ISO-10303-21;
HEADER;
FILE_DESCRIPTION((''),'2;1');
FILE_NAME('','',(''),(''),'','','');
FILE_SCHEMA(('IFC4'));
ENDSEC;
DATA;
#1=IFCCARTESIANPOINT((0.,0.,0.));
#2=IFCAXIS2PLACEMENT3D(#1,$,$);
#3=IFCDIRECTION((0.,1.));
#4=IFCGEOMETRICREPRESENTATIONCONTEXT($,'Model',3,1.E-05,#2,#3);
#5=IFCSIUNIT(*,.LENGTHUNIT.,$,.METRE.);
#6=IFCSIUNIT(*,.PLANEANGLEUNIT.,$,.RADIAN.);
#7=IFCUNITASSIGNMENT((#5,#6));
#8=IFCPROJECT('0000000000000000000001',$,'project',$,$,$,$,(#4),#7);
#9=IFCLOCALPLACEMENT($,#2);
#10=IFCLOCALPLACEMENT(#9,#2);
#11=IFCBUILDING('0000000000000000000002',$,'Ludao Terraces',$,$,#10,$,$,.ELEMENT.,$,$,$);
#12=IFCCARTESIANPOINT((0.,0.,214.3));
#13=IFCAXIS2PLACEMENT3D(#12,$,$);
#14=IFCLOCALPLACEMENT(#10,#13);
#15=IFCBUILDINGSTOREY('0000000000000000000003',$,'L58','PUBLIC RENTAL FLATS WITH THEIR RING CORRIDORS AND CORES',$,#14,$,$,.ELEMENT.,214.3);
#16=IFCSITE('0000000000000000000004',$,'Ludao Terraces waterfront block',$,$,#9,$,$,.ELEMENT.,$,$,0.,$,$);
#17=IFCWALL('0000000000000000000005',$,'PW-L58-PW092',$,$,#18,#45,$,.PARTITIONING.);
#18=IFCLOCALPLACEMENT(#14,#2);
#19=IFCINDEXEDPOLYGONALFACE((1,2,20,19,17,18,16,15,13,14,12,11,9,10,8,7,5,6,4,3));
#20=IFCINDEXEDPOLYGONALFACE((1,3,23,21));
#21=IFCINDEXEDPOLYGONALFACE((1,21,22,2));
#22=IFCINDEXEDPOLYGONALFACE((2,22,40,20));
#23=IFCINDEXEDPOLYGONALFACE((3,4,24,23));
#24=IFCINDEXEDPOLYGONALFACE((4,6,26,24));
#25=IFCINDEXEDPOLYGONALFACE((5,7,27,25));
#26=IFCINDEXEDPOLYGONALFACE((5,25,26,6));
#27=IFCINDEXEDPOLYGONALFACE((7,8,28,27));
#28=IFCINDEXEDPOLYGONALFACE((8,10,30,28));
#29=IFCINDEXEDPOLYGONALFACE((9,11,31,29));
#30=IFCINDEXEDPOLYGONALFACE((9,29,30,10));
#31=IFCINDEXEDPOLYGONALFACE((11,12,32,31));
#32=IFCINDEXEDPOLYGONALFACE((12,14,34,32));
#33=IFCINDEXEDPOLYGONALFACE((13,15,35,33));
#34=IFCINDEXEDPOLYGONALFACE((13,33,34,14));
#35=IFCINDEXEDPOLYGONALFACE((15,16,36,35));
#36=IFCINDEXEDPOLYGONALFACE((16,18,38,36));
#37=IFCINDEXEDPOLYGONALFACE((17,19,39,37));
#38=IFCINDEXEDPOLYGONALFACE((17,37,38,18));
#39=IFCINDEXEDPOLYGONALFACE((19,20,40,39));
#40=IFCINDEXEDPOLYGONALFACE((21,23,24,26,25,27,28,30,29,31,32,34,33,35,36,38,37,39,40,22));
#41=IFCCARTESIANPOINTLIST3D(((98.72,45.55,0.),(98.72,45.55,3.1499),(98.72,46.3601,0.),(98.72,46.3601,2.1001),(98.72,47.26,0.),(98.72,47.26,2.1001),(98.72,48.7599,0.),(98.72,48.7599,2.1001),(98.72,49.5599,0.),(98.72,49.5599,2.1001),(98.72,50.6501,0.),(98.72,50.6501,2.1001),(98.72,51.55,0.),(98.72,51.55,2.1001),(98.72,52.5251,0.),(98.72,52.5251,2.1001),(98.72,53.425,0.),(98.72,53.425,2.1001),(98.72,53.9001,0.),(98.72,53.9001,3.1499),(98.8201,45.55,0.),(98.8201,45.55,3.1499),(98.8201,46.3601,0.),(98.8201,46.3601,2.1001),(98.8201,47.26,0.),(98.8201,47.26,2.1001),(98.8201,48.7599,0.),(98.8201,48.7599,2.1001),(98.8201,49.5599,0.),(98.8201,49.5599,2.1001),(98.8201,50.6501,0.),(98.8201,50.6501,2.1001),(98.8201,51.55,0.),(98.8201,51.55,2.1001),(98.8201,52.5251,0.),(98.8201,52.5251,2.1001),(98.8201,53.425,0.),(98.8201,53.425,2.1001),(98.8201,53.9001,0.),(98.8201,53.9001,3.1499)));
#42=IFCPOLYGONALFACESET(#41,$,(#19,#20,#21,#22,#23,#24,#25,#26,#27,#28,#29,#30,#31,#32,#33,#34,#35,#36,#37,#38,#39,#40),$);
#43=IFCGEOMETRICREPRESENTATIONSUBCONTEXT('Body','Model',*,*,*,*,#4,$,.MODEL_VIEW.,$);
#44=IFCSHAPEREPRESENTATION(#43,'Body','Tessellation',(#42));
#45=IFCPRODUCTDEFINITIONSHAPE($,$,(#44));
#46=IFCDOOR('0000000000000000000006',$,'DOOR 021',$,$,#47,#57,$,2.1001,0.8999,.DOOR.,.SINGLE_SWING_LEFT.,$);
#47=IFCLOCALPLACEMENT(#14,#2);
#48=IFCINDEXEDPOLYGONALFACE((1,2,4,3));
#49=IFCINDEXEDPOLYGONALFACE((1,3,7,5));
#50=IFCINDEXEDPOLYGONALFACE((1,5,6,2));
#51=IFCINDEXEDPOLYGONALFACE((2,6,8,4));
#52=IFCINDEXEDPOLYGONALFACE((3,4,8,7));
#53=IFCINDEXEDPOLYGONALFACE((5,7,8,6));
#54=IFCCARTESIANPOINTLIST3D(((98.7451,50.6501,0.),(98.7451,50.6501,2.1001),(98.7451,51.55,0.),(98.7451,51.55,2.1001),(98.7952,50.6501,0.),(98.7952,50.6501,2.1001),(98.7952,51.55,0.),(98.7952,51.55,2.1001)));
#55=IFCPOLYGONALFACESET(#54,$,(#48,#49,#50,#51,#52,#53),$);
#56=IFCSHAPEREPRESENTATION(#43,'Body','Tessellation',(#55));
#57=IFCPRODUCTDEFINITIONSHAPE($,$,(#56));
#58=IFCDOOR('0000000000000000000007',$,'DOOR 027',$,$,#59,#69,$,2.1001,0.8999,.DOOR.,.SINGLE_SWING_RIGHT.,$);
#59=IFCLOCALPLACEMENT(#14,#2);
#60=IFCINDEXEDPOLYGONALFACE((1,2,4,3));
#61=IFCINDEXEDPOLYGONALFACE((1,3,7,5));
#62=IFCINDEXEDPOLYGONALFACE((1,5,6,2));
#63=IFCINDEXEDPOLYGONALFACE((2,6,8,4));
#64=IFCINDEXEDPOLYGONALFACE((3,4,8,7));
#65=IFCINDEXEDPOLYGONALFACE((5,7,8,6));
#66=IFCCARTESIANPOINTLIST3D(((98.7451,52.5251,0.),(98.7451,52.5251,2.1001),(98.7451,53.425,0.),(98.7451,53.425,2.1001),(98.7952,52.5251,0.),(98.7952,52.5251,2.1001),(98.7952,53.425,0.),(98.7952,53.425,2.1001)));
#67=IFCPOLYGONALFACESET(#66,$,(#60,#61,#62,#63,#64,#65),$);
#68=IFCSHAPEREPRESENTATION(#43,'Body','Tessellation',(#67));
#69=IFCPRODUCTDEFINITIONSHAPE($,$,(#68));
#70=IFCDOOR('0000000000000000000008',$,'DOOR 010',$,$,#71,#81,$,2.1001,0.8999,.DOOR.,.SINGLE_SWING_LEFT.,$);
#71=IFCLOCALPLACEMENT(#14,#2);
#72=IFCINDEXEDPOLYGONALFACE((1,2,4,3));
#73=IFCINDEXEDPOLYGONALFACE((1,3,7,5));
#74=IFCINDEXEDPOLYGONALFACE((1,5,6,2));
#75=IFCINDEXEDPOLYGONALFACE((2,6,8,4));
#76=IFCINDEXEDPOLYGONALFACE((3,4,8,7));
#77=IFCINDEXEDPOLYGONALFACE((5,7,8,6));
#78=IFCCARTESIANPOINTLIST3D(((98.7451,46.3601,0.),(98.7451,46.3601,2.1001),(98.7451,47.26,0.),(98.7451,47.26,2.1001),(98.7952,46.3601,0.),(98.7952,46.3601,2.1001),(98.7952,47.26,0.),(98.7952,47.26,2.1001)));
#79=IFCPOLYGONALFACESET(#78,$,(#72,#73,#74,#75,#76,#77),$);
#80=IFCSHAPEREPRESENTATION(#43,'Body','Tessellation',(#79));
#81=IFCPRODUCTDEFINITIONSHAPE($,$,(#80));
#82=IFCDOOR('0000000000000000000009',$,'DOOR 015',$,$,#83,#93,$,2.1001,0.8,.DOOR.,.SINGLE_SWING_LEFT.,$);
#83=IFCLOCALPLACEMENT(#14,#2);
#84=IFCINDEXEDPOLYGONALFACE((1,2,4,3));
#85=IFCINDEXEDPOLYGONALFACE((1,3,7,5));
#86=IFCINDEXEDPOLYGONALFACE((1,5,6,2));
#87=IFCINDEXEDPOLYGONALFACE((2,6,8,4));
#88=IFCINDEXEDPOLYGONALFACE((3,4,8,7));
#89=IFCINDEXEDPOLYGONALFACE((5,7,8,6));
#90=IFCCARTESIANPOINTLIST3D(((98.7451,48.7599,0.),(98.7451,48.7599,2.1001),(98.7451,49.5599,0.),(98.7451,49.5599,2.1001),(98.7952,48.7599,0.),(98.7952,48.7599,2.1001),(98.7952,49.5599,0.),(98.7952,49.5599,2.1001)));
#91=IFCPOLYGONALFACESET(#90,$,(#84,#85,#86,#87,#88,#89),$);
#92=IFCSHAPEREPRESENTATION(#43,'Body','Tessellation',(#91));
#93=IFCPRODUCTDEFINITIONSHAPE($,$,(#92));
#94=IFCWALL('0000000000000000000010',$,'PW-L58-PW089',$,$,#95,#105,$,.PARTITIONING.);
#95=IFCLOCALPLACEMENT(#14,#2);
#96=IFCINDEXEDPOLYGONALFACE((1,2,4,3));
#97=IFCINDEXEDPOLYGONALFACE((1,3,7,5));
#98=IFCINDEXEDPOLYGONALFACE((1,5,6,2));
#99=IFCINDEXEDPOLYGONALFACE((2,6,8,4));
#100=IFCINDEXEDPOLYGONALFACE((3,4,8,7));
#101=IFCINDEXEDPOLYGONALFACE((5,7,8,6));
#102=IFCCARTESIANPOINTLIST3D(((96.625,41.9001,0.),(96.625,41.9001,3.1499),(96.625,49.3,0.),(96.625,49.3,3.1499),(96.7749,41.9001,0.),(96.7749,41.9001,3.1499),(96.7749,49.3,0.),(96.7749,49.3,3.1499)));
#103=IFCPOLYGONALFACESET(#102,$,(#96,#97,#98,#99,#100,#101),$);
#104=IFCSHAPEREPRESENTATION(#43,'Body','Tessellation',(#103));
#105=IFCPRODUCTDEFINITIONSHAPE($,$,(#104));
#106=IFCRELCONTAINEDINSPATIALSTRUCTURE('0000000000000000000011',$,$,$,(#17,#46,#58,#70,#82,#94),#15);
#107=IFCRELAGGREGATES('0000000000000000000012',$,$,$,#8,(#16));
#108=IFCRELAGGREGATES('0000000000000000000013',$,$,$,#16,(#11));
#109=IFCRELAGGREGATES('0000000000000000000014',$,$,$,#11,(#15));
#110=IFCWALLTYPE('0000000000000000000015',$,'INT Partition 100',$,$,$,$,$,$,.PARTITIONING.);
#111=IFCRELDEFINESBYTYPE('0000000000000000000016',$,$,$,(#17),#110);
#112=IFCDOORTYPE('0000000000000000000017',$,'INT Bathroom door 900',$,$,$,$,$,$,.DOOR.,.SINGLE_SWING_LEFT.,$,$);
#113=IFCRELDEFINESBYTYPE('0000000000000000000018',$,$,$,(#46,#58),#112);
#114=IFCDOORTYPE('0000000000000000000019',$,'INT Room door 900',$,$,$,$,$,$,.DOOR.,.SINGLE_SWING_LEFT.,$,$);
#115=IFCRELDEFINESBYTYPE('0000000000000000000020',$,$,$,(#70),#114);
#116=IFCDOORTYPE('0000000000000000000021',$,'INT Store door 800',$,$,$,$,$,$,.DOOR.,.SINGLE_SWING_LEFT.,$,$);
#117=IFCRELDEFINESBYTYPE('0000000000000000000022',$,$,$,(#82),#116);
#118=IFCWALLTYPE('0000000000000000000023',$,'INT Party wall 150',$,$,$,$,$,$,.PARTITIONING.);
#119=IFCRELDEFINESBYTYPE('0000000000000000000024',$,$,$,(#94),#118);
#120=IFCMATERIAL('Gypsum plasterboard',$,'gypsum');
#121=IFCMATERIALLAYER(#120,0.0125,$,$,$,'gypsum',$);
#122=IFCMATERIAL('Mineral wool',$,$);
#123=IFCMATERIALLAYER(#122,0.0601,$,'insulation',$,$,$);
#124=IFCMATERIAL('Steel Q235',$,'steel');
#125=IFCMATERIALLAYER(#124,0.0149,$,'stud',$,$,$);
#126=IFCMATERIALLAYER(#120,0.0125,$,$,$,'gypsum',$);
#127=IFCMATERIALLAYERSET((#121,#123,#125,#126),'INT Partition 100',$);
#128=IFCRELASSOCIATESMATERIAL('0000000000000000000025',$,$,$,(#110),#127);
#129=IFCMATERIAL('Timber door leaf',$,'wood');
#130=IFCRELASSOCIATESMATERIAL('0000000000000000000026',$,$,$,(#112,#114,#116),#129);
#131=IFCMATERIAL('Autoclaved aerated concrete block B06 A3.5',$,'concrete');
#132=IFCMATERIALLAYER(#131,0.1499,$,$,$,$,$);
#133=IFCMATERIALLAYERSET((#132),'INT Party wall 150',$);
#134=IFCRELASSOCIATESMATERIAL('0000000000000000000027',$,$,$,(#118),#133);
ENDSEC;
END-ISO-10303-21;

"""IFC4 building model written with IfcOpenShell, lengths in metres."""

from ifc_helpers import new_model, si_unit, direction, frame, frame_2d, origin, place, context, subcontext, project, spatial, rectangle, extrude, material, layer, layer_set, type_object, element, fill, save


model = new_model("IFC4")

# Units and contexts
model_context = context("Model", 3, precision=1e-05, world=origin(), true_north=direction((0.0, 1.0)))
body_context = subcontext(model_context, "Body", "Model", "MODEL_VIEW")
ifc_project = project(units=[si_unit("LENGTHUNIT", "METRE"), si_unit("PLANEANGLEUNIT", "RADIAN")], contexts=[model_context])

# Site, building, storey
site_placement = place(None, origin())
site = spatial("IfcSite", under=ifc_project, at=site_placement, Name="Ludao Terraces waterfront block", CompositionType="ELEMENT", RefElevation=0.0)
building_placement = place(site_placement, origin())
building = spatial("IfcBuilding", under=site, at=building_placement, Name="Ludao Terraces", CompositionType="ELEMENT")
storey_placement = place(building_placement, frame((0.0, 0.0, 214.3)))
storey = spatial("IfcBuildingStorey", under=building, at=storey_placement, Name="L58", Description="PUBLIC RENTAL FLATS WITH THEIR RING CORRIDORS AND CORES", CompositionType="ELEMENT", Elevation=214.3)

# Wall, openings, doors
ifc_material_1 = material(Name="Gypsum plasterboard", Category="gypsum")
ifc_layer_1 = layer(ifc_material_1, 0.0125, Category="gypsum")
ifc_material_2 = material(Name="Mineral wool")
ifc_layer_2 = layer(ifc_material_2, 0.0601, Name="insulation")
ifc_material_3 = material(Name="Steel Q235", Category="steel")
ifc_layer_3 = layer(ifc_material_3, 0.0149, Name="stud")
ifc_layer_4 = layer(ifc_material_1, 0.0125, Category="gypsum")
ifc_layer_set_1 = layer_set([ifc_layer_1, ifc_layer_2, ifc_layer_3, ifc_layer_4], Name="INT Partition 100")
wall_type_1 = type_object("IfcWallType", Name="INT Partition 100", PredefinedType="PARTITIONING", material=ifc_layer_set_1)
wall_1_placement = place(storey_placement, frame((98.77, 45.55, 0.0), z_axis=(0.0, 0.0, 1.0), x_axis=(0.0, 1.0, 0.0)))
wall_1 = element("IfcWall", 1, at=wall_1_placement, inside=storey, type_object=wall_type_1, Name="PW-L58-PW092", PredefinedType="PARTITIONING", context=body_context, shape_type="SweptSolid", body=[
    extrude(rectangle(XDim=8.3501, YDim=0.1001, at=frame_2d((4.175, 0.0))), origin(), (0.0, 0.0, 1.0), 3.1499),
])
opening_1_placement = place(wall_1_placement, frame((0.8101, 0.0, 0.0)))
opening_1 = element("IfcOpeningElement", 2, at=opening_1_placement, cuts=wall_1, PredefinedType="OPENING", context=body_context, shape_type="SweptSolid", body=[
    extrude(rectangle(XDim=0.8999, YDim=2.1001, at=frame_2d((0.45, 1.05))), frame((0.0, 0.0601, 0.0), z_axis=(0.0, -1.0, 0.0), x_axis=(1.0, 0.0, 0.0)), (0.0, 0.0, 1.0), 0.1201),
])
opening_2_placement = place(wall_1_placement, frame((3.21, 0.0, 0.0)))
opening_2 = element("IfcOpeningElement", 3, at=opening_2_placement, cuts=wall_1, PredefinedType="OPENING", context=body_context, shape_type="SweptSolid", body=[
    extrude(rectangle(XDim=0.8, YDim=2.1001, at=frame_2d((0.3999, 1.05))), frame((0.0, 0.0601, 0.0), z_axis=(0.0, -1.0, 0.0), x_axis=(1.0, 0.0, 0.0)), (0.0, 0.0, 1.0), 0.1201),
])
opening_3_placement = place(wall_1_placement, frame((5.1001, 0.0, 0.0)))
opening_3 = element("IfcOpeningElement", 4, at=opening_3_placement, cuts=wall_1, PredefinedType="OPENING", context=body_context, shape_type="SweptSolid", body=[
    extrude(rectangle(XDim=0.8999, YDim=2.1001, at=frame_2d((0.45, 1.05))), frame((0.0, 0.0601, 0.0), z_axis=(0.0, -1.0, 0.0), x_axis=(1.0, 0.0, 0.0)), (0.0, 0.0, 1.0), 0.1201),
])
opening_4_placement = place(wall_1_placement, frame((6.9751, 0.0, 0.0)))
opening_4 = element("IfcOpeningElement", 5, at=opening_4_placement, cuts=wall_1, PredefinedType="OPENING", context=body_context, shape_type="SweptSolid", body=[
    extrude(rectangle(XDim=0.8999, YDim=2.1001, at=frame_2d((0.45, 1.05))), frame((0.0, 0.0601, 0.0), z_axis=(0.0, -1.0, 0.0), x_axis=(1.0, 0.0, 0.0)), (0.0, 0.0, 1.0), 0.1201),
])
ifc_material_4 = material(Name="Timber door leaf", Category="wood")
door_type_1 = type_object("IfcDoorType", Name="INT Bathroom door 900", OperationType="SINGLE_SWING_LEFT", PredefinedType="DOOR", material=ifc_material_4)
door_1_placement = place(opening_3_placement, origin())
door_1 = element("IfcDoor", 6, at=door_1_placement, inside=storey, type_object=door_type_1, Name="DOOR 021", OperationType="SINGLE_SWING_LEFT", OverallHeight=2.1001, OverallWidth=0.8999, PredefinedType="DOOR", context=body_context, shape_type="SweptSolid", body=[
    extrude(rectangle(XDim=0.8999, YDim=2.1001, at=frame_2d((0.45, 1.05))), frame((0.0, 0.0249, 0.0), z_axis=(0.0, -1.0, 0.0), x_axis=(1.0, 0.0, 0.0)), (0.0, 0.0, 1.0), 0.05),
])
fill(opening_3, door_1)
door_2_placement = place(opening_4_placement, origin())
door_2 = element("IfcDoor", 7, at=door_2_placement, inside=storey, type_object=door_type_1, Name="DOOR 027", OperationType="SINGLE_SWING_RIGHT", OverallHeight=2.1001, OverallWidth=0.8999, PredefinedType="DOOR", context=body_context, shape_type="SweptSolid", body=[
    extrude(rectangle(XDim=0.8999, YDim=2.1001, at=frame_2d((0.45, 1.05))), frame((0.0, 0.0249, 0.0), z_axis=(0.0, -1.0, 0.0), x_axis=(1.0, 0.0, 0.0)), (0.0, 0.0, 1.0), 0.05),
])
fill(opening_4, door_2)
door_type_2 = type_object("IfcDoorType", Name="INT Room door 900", OperationType="SINGLE_SWING_LEFT", PredefinedType="DOOR", material=ifc_material_4)
door_3_placement = place(opening_1_placement, origin())
door_3 = element("IfcDoor", 8, at=door_3_placement, inside=storey, type_object=door_type_2, Name="DOOR 010", OperationType="SINGLE_SWING_LEFT", OverallHeight=2.1001, OverallWidth=0.8999, PredefinedType="DOOR", context=body_context, shape_type="SweptSolid", body=[
    extrude(rectangle(XDim=0.8999, YDim=2.1001, at=frame_2d((0.45, 1.05))), frame((0.0, 0.0249, 0.0), z_axis=(0.0, -1.0, 0.0), x_axis=(1.0, 0.0, 0.0)), (0.0, 0.0, 1.0), 0.05),
])
fill(opening_1, door_3)
door_type_3 = type_object("IfcDoorType", Name="INT Store door 800", OperationType="SINGLE_SWING_LEFT", PredefinedType="DOOR", material=ifc_material_4)
door_4_placement = place(opening_2_placement, origin())
door_4 = element("IfcDoor", 9, at=door_4_placement, inside=storey, type_object=door_type_3, Name="DOOR 015", OperationType="SINGLE_SWING_LEFT", OverallHeight=2.1001, OverallWidth=0.8, PredefinedType="DOOR", context=body_context, shape_type="SweptSolid", body=[
    extrude(rectangle(XDim=0.8, YDim=2.1001, at=frame_2d((0.3999, 1.05))), frame((0.0, 0.0249, 0.0), z_axis=(0.0, -1.0, 0.0), x_axis=(1.0, 0.0, 0.0)), (0.0, 0.0, 1.0), 0.05),
])
fill(opening_2, door_4)

# Wall
ifc_material_5 = material(Name="Autoclaved aerated concrete block B06 A3.5", Category="concrete")
ifc_layer_5 = layer(ifc_material_5, 0.1499)
ifc_layer_set_2 = layer_set([ifc_layer_5], Name="INT Party wall 150")
wall_type_2 = type_object("IfcWallType", Name="INT Party wall 150", PredefinedType="PARTITIONING", material=ifc_layer_set_2)
wall_2_placement = place(storey_placement, frame((96.7, 41.9001, 0.0), z_axis=(0.0, 0.0, 1.0), x_axis=(0.0, 1.0, 0.0)))
element("IfcWall", 10, at=wall_2_placement, inside=storey, type_object=wall_type_2, Name="PW-L58-PW089", PredefinedType="PARTITIONING", context=body_context, shape_type="SweptSolid", body=[
    extrude(rectangle(XDim=7.3999, YDim=0.1499, at=frame_2d((3.7, 0.0))), origin(), (0.0, 0.0, 1.0), 3.1499),
])

save(model, "model.ifc")
